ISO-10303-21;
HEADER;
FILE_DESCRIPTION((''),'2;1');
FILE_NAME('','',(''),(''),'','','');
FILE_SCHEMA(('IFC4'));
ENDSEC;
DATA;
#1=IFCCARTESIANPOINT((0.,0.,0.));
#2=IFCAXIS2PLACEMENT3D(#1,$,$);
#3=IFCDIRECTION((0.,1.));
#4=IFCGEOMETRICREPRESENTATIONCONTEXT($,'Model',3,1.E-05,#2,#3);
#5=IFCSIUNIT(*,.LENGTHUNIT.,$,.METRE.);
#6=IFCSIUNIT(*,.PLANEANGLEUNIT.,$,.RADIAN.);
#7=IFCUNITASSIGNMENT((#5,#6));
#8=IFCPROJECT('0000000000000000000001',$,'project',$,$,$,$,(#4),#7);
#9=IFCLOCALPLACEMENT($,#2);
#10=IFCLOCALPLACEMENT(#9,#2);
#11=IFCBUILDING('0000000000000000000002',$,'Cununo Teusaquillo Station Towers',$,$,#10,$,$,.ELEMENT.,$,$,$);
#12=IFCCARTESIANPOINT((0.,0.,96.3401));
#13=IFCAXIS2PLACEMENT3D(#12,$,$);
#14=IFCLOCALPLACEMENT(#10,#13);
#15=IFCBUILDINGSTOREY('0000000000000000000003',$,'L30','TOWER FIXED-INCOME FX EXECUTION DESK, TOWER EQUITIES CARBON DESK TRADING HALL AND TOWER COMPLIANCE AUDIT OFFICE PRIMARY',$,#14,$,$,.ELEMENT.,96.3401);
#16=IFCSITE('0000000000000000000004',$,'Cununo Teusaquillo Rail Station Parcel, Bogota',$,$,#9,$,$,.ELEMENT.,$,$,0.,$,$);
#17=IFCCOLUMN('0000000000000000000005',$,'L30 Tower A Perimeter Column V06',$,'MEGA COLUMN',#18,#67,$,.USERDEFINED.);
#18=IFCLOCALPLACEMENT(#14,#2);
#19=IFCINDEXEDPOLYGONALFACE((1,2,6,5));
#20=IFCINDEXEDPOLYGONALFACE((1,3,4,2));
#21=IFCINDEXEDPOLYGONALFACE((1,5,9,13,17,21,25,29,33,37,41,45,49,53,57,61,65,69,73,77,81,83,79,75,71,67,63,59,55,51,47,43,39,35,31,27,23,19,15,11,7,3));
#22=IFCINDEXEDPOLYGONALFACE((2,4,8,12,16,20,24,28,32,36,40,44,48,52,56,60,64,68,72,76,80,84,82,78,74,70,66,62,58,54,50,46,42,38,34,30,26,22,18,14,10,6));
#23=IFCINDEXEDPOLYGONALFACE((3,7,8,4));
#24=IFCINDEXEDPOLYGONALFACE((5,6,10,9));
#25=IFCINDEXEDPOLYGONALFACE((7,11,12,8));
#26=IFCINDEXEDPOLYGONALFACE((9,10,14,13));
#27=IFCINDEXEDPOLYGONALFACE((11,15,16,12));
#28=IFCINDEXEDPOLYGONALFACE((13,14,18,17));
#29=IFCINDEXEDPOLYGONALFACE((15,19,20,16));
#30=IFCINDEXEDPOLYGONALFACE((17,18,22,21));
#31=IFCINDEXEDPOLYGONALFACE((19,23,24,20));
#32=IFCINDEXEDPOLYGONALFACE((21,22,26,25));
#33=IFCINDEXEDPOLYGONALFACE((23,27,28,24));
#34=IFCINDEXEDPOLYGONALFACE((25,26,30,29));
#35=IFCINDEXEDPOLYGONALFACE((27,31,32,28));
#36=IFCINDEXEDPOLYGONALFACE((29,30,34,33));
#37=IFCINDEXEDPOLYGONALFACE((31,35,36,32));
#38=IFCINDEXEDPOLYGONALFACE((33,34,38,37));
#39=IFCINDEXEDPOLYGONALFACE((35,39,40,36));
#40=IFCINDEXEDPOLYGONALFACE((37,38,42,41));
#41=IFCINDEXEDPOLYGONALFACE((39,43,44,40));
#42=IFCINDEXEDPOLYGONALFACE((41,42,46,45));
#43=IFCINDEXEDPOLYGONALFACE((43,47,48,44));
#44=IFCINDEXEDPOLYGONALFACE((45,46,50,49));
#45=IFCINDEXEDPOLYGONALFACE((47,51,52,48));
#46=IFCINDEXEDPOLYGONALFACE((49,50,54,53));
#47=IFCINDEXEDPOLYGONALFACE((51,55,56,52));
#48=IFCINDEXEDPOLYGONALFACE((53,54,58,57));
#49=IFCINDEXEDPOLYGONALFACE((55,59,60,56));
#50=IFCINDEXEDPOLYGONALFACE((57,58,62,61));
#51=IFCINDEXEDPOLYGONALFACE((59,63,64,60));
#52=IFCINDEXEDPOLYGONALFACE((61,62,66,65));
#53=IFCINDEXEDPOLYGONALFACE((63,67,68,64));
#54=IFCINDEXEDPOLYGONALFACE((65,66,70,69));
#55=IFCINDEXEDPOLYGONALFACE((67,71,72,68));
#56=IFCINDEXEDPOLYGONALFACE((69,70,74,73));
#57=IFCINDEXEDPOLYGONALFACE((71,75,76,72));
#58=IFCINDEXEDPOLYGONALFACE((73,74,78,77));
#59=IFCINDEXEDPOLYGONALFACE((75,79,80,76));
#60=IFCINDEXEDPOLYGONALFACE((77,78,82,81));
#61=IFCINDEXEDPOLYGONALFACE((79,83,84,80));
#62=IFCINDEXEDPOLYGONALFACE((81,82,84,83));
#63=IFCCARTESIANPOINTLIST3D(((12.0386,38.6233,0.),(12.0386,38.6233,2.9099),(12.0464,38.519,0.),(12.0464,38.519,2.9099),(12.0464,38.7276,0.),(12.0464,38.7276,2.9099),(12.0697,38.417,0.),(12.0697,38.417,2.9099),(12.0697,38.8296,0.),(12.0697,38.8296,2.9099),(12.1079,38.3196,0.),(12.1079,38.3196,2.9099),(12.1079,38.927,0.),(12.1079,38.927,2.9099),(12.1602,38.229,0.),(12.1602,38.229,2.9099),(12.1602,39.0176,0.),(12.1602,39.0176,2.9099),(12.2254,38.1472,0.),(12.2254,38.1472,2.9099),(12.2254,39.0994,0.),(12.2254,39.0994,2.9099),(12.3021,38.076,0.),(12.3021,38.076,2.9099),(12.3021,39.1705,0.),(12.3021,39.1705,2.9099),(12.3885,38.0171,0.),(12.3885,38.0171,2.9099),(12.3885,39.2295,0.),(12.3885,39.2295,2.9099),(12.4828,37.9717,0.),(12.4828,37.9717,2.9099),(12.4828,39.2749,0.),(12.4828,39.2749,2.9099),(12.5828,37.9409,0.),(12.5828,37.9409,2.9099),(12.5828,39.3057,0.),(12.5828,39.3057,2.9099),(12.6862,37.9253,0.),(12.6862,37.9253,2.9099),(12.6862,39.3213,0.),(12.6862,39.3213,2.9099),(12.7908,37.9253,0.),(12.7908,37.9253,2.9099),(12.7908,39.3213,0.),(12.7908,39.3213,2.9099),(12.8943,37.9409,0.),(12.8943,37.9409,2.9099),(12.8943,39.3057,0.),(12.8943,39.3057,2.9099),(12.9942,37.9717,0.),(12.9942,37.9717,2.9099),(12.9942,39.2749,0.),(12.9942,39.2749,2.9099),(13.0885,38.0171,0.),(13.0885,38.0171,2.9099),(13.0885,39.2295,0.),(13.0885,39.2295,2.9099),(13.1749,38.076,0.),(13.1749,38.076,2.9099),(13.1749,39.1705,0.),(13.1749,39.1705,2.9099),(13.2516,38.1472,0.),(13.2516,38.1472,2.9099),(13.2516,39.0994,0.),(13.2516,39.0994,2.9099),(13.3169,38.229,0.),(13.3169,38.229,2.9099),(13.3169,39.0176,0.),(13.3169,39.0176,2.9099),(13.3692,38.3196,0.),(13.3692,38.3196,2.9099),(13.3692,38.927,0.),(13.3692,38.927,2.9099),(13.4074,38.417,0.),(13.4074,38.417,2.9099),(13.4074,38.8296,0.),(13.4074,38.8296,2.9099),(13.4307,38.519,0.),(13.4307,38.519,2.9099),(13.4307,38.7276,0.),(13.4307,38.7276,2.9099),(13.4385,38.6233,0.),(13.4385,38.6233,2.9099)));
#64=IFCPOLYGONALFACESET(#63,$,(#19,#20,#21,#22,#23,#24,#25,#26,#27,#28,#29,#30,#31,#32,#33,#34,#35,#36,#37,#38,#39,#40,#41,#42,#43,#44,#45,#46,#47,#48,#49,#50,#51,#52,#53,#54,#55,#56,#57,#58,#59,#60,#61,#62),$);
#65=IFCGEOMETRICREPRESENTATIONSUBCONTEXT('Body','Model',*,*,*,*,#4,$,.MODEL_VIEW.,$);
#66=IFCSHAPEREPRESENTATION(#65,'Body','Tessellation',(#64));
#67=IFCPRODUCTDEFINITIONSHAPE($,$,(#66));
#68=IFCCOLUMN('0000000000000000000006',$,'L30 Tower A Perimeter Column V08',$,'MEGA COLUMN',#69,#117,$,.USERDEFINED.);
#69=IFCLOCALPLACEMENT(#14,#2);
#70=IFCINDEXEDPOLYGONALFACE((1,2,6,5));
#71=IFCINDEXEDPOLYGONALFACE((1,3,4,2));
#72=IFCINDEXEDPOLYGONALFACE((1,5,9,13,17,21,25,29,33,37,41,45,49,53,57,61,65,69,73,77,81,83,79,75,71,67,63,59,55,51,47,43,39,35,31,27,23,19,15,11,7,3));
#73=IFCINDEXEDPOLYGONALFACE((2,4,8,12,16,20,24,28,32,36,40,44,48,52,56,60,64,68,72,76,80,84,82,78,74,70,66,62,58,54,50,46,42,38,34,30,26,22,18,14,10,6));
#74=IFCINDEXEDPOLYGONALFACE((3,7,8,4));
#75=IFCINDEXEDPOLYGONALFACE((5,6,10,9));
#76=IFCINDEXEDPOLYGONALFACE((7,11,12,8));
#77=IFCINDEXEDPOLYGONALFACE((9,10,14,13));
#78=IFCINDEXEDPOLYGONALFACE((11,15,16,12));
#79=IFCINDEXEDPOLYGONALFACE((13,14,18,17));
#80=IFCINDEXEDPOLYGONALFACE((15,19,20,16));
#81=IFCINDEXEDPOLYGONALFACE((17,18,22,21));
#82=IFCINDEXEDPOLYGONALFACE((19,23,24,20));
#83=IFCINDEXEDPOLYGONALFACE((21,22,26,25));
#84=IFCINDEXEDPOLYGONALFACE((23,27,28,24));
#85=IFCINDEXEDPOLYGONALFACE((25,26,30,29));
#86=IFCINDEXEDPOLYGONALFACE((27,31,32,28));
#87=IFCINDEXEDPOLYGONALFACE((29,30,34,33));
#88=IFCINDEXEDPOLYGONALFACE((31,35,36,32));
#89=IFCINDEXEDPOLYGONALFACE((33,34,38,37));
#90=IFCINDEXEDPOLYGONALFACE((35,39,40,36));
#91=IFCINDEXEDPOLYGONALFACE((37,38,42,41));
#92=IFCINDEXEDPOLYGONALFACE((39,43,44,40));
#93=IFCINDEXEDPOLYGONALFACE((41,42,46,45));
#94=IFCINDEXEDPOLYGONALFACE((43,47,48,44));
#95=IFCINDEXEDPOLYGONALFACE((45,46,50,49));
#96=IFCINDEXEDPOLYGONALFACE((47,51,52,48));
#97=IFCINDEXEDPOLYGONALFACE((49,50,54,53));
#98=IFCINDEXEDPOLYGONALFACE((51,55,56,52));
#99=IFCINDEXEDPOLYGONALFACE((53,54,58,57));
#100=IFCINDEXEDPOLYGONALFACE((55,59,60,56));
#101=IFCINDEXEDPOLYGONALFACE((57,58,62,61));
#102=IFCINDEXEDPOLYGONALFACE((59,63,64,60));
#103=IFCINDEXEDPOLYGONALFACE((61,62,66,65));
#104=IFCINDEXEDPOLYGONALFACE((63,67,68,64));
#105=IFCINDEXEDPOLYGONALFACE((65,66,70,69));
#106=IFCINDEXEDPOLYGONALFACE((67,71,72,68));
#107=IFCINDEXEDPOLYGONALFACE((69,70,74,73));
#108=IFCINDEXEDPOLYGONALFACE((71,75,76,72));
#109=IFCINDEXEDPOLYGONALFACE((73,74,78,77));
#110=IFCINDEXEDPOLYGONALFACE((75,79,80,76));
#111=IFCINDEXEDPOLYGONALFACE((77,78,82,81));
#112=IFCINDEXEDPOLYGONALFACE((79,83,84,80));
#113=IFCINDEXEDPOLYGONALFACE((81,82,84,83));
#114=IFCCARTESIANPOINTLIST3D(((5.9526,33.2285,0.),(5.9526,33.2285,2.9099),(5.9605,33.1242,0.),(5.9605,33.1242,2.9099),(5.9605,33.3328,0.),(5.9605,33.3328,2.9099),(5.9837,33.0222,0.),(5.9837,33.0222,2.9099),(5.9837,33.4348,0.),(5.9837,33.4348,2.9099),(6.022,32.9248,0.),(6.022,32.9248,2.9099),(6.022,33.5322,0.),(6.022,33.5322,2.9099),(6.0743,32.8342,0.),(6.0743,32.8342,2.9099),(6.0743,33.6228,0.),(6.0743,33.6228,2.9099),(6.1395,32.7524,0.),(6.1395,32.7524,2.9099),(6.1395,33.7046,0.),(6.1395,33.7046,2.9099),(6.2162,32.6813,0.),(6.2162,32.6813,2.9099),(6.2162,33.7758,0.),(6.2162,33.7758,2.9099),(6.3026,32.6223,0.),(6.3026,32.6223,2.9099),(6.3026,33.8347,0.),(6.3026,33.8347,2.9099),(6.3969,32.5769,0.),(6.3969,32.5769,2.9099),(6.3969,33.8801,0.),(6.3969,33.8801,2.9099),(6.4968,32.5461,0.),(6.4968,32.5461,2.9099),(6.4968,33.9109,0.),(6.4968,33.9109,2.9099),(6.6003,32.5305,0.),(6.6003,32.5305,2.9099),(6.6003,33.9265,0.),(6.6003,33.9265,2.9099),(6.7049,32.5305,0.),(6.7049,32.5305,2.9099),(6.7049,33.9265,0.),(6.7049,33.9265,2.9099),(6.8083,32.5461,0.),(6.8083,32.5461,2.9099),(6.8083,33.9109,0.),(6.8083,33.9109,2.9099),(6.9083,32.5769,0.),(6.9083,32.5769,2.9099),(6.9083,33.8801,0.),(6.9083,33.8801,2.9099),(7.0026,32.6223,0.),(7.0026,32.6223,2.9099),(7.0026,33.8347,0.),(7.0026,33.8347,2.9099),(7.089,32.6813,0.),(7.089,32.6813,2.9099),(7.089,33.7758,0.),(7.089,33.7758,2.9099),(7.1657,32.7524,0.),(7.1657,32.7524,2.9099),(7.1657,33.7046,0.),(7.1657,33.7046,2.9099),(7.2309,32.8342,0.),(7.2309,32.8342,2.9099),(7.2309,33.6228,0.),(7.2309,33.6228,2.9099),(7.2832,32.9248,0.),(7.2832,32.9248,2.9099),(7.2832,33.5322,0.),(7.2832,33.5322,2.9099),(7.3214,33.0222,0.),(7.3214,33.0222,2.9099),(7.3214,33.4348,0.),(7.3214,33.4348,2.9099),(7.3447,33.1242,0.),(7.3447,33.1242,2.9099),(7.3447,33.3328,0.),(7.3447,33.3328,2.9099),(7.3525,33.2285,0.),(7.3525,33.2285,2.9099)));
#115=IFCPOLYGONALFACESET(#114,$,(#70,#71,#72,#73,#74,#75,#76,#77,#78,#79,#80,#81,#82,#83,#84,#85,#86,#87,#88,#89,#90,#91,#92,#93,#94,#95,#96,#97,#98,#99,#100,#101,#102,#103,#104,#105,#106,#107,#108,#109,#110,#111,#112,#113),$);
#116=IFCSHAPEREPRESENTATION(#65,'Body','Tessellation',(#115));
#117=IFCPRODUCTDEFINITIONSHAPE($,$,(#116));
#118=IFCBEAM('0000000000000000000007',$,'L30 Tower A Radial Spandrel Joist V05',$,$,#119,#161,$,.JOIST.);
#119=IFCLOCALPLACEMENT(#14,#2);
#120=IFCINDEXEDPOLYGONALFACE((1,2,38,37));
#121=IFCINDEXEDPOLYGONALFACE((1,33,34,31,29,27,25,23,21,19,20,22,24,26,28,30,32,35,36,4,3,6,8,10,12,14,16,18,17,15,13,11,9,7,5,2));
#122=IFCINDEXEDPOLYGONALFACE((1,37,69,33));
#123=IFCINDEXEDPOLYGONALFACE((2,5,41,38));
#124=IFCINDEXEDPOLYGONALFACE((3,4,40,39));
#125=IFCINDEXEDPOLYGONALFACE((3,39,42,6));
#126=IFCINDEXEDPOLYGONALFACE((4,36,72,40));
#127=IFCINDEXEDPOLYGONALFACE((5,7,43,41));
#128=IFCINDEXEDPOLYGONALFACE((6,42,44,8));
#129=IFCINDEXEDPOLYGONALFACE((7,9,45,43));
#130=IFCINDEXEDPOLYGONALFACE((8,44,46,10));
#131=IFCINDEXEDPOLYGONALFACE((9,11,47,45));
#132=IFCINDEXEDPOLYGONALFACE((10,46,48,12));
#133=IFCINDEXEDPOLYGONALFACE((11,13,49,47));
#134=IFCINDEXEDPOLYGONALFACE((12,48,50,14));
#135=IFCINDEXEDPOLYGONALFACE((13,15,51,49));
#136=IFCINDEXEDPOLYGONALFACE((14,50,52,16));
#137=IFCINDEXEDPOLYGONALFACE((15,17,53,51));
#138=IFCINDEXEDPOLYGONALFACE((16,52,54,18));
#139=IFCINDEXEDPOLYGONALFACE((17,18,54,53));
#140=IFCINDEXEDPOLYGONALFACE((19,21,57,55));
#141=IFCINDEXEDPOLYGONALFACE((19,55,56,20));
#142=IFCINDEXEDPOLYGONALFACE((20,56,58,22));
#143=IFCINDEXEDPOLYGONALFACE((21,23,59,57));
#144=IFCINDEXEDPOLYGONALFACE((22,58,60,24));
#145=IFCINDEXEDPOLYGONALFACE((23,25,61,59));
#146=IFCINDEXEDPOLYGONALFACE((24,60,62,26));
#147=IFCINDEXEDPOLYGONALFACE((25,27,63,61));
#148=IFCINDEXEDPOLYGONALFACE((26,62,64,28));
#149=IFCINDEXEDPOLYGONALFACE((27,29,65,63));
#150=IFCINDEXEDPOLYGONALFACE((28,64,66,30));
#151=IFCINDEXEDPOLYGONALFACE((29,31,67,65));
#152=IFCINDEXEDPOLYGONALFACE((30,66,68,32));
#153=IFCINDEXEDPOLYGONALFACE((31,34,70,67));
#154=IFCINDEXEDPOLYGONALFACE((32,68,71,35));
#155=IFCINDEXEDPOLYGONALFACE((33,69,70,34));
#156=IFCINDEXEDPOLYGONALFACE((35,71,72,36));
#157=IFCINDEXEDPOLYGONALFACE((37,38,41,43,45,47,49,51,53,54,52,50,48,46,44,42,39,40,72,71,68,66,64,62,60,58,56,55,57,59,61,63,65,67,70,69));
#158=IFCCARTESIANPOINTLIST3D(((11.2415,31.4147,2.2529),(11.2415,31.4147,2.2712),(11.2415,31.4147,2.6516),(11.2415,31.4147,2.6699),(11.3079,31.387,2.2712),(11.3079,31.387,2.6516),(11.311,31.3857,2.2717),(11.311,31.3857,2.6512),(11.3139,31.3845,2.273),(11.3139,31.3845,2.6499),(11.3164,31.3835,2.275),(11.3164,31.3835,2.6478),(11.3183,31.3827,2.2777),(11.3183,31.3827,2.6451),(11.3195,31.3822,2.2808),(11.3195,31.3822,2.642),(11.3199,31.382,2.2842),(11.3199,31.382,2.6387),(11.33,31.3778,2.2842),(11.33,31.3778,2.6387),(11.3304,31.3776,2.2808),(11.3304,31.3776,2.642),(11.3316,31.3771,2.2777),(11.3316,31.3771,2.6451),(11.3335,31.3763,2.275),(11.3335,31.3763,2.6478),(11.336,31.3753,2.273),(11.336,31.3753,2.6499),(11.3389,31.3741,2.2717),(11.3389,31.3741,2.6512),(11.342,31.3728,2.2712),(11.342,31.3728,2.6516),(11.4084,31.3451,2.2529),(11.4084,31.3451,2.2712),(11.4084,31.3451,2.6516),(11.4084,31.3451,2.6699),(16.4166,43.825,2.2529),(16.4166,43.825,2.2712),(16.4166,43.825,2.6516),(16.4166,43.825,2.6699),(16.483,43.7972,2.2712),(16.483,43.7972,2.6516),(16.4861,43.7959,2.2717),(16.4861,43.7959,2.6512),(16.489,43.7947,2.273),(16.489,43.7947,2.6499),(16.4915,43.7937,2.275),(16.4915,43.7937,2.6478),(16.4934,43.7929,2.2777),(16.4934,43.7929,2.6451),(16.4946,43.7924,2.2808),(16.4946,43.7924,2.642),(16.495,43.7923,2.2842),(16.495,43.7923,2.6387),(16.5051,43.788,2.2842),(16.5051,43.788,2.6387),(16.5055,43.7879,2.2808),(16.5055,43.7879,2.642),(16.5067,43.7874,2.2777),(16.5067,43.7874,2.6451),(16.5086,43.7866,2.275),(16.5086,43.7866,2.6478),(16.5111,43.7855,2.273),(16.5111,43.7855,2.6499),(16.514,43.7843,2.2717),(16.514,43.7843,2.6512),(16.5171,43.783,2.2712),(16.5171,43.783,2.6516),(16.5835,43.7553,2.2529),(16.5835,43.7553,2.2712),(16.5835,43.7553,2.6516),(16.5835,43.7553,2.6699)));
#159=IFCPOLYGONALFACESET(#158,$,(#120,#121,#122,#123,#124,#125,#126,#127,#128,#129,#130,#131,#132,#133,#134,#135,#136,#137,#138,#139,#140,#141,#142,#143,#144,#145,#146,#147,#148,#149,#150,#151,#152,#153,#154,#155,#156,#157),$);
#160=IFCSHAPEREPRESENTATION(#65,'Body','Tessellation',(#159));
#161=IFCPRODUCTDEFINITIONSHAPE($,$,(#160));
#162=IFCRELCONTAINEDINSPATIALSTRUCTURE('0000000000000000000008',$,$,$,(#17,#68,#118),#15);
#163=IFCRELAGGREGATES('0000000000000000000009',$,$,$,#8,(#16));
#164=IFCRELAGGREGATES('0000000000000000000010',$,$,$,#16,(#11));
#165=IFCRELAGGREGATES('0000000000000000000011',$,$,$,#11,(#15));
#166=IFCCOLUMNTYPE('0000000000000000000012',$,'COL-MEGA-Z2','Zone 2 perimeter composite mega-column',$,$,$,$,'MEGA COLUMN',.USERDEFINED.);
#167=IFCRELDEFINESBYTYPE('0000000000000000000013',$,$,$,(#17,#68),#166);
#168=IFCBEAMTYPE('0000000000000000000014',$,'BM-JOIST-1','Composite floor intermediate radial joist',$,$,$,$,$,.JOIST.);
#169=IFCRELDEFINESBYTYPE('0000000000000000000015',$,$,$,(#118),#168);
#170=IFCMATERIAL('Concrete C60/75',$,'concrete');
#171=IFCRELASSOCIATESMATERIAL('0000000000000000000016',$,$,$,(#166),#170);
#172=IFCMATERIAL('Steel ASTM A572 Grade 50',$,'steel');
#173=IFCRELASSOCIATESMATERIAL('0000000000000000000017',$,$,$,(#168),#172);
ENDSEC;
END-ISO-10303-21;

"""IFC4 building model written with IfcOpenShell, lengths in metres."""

from ifc_helpers import new_model, si_unit, direction, frame, origin, origin_2d, place, context, subcontext, project, spatial, circle, i_section, extrude, material, material_profile, profile_set, type_object, element, save


model = new_model("IFC4")

# Units and contexts
model_context = context("Model", 3, precision=1e-05, world=origin(), true_north=direction((0.0, 1.0)))
body_context = subcontext(model_context, "Body", "Model", "MODEL_VIEW")
ifc_project = project(units=[si_unit("LENGTHUNIT", "METRE"), si_unit("PLANEANGLEUNIT", "RADIAN")], contexts=[model_context])

# Site, building, storey
site_placement = place(None, origin())
site = spatial("IfcSite", under=ifc_project, at=site_placement, Name="Cununo Teusaquillo Rail Station Parcel, Bogota", CompositionType="ELEMENT", RefElevation=0.0)
building_placement = place(site_placement, origin())
building = spatial("IfcBuilding", under=site, at=building_placement, Name="Cununo Teusaquillo Station Towers", CompositionType="ELEMENT")
storey_placement = place(building_placement, frame((0.0, 0.0, 96.3401)))
storey = spatial("IfcBuildingStorey", under=building, at=storey_placement, Name="L30", Description="TOWER FIXED-INCOME FX EXECUTION DESK, TOWER EQUITIES CARBON DESK TRADING HALL AND TOWER COMPLIANCE AUDIT OFFICE PRIMARY", CompositionType="ELEMENT", Elevation=96.3401)

# Columns
ifc_material_1 = material(Name="Concrete C60/75", Category="concrete")
ifc_material_profile_1 = material_profile(ifc_material_1, circle(Radius=0.7, at=origin_2d()), Name="RC-CIRC-1400")
ifc_profile_set_1 = profile_set([ifc_material_profile_1], Name="Concrete C60/75")
column_type = type_object("IfcColumnType", Name="COL-MEGA-Z2", Description="Zone 2 perimeter composite mega-column", ElementType="MEGA COLUMN", PredefinedType="USERDEFINED", material=ifc_profile_set_1)
for number, where, z_axis, x_axis, name in (
    (1, (12.7385, 38.6233, 0.0), (0.0, 0.0, 1.0), (1.0, 0.0, 0.0), "L30 Tower A Perimeter Column V06"),
    (2, (6.6526, 33.2285, 0.0), (0.0, 0.0, 1.0), (1.0, 0.0, 0.0), "L30 Tower A Perimeter Column V08"),
):
    element("IfcColumn", number, at=place(storey_placement, frame(where, z_axis=z_axis, x_axis=x_axis)), inside=storey, type_object=column_type, Name=name, ObjectType="MEGA COLUMN", PredefinedType="USERDEFINED", context=body_context, shape_type="SweptSolid", body=[
        extrude(circle(Radius=0.7, at=origin_2d()), origin(), (0.0, 0.0, 1.0), 2.9099),
    ])

# Beam
ifc_material_2 = material(Name="Steel ASTM A572 Grade 50", Category="steel")
ifc_material_profile_2 = material_profile(ifc_material_2, i_section(OverallWidth=0.1809, OverallDepth=0.417, WebThickness=0.011, FlangeThickness=0.0183, FilletRadius=0.0129, at=origin_2d()), Name="W16X57")
ifc_profile_set_2 = profile_set([ifc_material_profile_2], Name="Steel ASTM A572 Grade 50")
beam_type_1 = type_object("IfcBeamType", Name="BM-JOIST-1", Description="Composite floor intermediate radial joist", PredefinedType="JOIST", material=ifc_profile_set_2)
beam_1_placement = place(storey_placement, frame((11.325, 31.3799, 2.4614), z_axis=(0.384878, 0.922967, 0.0), x_axis=(-0.922967, 0.384878, 0.0)))
element("IfcBeam", 3, at=beam_1_placement, inside=storey, type_object=beam_type_1, Name="L30 Tower A Radial Spandrel Joist V05", PredefinedType="JOIST", context=body_context, shape_type="SweptSolid", body=[
    extrude(i_section(OverallWidth=0.1809, OverallDepth=0.417, WebThickness=0.011, FlangeThickness=0.0183, FilletRadius=0.0129, at=origin_2d()), origin(), (0.0, 0.0, 1.0), 13.446),
])

save(model, "model.ifc")
